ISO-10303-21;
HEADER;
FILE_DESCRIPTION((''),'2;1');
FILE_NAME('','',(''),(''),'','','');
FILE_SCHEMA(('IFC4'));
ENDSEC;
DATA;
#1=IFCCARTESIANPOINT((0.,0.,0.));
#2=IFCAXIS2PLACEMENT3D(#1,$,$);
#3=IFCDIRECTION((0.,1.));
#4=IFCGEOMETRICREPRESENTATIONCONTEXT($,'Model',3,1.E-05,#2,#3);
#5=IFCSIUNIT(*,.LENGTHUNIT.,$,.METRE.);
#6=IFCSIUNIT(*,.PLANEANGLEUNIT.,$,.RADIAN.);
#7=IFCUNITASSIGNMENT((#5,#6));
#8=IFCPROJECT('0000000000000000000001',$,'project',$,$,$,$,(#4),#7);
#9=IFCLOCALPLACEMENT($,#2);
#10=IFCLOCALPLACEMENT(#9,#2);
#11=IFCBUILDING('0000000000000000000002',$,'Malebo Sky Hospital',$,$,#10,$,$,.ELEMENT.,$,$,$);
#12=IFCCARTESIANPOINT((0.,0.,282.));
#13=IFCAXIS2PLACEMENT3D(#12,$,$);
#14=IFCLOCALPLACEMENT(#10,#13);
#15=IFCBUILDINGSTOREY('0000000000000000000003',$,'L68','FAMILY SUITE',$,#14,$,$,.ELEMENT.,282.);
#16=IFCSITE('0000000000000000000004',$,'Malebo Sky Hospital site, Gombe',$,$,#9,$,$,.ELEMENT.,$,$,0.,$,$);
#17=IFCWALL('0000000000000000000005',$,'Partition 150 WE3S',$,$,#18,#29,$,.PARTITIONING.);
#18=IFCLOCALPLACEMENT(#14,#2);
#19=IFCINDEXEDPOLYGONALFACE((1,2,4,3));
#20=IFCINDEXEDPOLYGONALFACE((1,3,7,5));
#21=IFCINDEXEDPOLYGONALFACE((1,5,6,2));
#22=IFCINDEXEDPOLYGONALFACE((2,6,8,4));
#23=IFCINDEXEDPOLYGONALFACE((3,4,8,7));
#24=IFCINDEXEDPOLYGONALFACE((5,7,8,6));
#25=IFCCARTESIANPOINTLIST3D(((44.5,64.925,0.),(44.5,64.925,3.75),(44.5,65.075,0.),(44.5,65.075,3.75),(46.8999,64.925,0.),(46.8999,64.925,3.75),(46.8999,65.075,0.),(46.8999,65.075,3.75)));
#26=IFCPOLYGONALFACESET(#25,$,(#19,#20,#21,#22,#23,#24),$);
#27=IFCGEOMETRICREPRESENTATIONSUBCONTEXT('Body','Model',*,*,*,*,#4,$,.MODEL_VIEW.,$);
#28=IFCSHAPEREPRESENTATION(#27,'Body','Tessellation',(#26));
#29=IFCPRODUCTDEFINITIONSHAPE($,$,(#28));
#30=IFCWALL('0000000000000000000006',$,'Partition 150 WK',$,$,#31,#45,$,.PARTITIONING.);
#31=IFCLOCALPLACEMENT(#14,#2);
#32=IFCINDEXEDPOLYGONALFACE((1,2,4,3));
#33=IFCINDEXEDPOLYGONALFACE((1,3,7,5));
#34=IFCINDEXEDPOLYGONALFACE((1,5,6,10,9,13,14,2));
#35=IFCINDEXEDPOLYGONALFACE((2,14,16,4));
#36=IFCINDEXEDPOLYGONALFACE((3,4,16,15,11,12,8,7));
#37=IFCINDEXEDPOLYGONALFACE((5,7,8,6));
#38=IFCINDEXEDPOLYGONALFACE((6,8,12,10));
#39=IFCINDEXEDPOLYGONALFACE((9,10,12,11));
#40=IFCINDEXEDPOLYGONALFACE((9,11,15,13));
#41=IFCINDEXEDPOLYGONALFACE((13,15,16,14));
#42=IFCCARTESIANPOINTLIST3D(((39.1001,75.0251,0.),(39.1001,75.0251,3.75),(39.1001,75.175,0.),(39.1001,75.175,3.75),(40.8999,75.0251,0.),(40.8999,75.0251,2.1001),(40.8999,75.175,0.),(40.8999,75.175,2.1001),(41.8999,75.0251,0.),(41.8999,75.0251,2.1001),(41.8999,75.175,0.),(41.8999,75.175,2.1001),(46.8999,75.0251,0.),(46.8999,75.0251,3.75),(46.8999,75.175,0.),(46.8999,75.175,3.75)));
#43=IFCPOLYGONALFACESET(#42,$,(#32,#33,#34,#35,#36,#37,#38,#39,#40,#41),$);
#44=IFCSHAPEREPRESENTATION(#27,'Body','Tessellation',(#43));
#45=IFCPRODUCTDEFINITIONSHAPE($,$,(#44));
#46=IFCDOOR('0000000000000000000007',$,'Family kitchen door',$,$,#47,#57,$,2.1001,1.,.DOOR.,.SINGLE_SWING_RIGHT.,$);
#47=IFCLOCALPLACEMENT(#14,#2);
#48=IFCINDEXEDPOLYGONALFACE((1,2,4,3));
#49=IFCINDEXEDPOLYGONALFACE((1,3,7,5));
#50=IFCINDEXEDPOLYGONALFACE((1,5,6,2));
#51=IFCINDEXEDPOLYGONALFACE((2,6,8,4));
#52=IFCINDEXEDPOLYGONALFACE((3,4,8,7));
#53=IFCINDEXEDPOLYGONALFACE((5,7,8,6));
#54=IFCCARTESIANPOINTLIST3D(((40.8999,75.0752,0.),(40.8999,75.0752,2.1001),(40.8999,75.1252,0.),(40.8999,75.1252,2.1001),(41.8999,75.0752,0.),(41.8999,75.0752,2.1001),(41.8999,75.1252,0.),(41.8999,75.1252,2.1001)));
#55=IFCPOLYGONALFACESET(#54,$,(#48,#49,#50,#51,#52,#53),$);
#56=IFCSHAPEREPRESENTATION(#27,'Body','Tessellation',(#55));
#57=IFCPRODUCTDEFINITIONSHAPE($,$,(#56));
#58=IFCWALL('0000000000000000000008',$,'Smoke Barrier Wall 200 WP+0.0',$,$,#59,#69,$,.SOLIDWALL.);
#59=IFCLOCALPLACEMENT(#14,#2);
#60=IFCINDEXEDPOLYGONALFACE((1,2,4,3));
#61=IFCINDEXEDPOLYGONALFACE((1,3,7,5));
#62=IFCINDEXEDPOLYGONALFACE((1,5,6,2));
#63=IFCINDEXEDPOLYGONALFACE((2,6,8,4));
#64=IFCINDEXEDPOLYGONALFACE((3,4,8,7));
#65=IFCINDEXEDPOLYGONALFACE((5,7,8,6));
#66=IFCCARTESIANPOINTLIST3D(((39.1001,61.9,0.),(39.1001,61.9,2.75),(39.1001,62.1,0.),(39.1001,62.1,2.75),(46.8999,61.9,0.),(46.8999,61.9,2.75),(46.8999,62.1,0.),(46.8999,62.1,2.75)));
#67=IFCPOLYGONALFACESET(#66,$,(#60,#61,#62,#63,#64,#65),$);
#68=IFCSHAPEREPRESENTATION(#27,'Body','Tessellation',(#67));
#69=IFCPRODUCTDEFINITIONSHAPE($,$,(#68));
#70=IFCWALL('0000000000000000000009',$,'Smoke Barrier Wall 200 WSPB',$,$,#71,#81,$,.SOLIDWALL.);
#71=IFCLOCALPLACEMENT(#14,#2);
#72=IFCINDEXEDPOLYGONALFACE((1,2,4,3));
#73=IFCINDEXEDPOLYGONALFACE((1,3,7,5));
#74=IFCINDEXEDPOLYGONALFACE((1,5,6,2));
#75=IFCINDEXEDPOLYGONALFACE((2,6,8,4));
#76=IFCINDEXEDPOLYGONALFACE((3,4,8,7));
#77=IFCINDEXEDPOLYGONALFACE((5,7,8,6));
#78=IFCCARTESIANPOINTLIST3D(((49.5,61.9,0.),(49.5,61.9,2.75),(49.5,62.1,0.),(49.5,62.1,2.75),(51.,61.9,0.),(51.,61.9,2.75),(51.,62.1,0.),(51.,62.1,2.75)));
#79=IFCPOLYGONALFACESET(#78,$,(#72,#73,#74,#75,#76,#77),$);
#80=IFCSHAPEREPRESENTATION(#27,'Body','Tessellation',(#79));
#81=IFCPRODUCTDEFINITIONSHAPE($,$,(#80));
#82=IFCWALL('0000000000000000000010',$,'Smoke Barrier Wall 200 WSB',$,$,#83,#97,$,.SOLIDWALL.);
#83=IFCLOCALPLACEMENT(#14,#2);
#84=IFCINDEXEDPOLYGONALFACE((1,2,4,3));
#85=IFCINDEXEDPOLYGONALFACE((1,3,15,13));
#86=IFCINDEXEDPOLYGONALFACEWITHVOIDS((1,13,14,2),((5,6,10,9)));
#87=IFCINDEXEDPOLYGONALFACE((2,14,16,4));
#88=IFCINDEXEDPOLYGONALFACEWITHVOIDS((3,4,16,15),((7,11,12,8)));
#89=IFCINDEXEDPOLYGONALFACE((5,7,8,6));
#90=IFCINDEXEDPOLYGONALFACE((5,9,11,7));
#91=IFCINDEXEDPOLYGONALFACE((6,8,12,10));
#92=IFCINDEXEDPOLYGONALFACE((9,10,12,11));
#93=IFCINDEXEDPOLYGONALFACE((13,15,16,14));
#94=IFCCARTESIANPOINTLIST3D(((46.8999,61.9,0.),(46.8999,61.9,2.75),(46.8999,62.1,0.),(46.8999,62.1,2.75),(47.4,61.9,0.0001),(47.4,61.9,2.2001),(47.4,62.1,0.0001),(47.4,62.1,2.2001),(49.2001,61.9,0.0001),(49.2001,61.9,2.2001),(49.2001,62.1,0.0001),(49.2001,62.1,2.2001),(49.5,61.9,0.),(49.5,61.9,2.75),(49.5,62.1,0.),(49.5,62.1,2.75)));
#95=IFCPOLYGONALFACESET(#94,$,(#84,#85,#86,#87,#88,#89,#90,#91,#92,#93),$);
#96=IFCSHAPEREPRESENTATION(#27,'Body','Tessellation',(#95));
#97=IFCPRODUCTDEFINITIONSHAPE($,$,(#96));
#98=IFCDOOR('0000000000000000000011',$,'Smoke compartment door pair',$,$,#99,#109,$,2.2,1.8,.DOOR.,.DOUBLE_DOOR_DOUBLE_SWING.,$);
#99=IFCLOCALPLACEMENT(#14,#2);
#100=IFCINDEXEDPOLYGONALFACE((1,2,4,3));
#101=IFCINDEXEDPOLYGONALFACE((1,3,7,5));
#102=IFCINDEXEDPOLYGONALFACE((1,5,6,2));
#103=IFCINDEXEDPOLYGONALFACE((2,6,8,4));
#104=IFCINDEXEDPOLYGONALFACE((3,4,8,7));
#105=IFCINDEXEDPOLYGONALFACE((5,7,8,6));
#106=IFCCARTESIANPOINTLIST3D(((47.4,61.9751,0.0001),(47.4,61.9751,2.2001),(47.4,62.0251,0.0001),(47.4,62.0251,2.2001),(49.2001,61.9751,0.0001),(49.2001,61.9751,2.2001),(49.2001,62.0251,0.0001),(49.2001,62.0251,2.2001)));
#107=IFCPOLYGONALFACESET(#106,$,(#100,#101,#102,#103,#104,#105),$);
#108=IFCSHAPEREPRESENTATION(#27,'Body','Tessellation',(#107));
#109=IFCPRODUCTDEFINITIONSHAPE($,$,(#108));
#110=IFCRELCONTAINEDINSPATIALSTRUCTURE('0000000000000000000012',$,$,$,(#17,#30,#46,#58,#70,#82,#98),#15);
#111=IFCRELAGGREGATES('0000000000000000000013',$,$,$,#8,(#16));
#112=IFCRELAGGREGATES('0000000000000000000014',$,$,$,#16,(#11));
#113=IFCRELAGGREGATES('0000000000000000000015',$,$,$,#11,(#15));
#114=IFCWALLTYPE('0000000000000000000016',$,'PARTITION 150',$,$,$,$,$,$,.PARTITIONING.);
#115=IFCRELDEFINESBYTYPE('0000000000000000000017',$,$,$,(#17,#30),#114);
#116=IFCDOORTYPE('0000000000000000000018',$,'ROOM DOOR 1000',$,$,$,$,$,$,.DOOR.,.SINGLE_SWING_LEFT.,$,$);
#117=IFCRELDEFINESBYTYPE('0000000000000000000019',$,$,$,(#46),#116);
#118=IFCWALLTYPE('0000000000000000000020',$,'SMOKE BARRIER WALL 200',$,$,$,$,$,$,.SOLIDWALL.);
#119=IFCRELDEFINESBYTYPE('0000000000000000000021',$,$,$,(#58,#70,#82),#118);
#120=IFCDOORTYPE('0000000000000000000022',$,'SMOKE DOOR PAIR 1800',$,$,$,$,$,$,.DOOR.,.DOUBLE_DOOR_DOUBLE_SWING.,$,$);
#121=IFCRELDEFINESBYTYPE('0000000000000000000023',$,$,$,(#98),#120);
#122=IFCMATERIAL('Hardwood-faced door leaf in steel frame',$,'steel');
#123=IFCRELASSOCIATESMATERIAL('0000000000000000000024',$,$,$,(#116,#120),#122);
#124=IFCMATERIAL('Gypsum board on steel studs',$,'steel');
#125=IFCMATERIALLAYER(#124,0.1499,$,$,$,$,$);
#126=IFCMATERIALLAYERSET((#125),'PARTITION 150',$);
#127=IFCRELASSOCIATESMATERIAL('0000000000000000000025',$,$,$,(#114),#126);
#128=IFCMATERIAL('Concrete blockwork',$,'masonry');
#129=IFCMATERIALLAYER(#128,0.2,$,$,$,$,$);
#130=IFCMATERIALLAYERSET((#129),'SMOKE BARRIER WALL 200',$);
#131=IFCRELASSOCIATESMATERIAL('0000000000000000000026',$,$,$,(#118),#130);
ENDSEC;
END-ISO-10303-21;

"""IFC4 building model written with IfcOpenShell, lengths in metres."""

from ifc_helpers import new_model, si_unit, direction, frame, frame_2d, origin, place, context, subcontext, project, spatial, rectangle, extrude, material, layer, layer_set, type_object, element, fill, save


model = new_model("IFC4")

# Units and contexts
model_context = context("Model", 3, precision=1e-05, world=origin(), true_north=direction((0.0, 1.0)))
body_context = subcontext(model_context, "Body", "Model", "MODEL_VIEW")
ifc_project = project(units=[si_unit("LENGTHUNIT", "METRE"), si_unit("PLANEANGLEUNIT", "RADIAN")], contexts=[model_context])

# Site, building, storey
site_placement = place(None, origin())
site = spatial("IfcSite", under=ifc_project, at=site_placement, Name="Malebo Sky Hospital site, Gombe", CompositionType="ELEMENT", RefElevation=0.0)
building_placement = place(site_placement, origin())
building = spatial("IfcBuilding", under=site, at=building_placement, Name="Malebo Sky Hospital", CompositionType="ELEMENT")
storey_placement = place(building_placement, frame((0.0, 0.0, 282.0)))
storey = spatial("IfcBuildingStorey", under=building, at=storey_placement, Name="L68", Description="FAMILY SUITE", CompositionType="ELEMENT", Elevation=282.0)

# Shared definitions
ifc_material_1 = material(Name="Hardwood-faced door leaf in steel frame", Category="steel")

# Shared definitions
ifc_material_2 = material(Name="Gypsum board on steel studs", Category="steel")
door_type_1 = type_object("IfcDoorType", Name="ROOM DOOR 1000", OperationType="SINGLE_SWING_LEFT", PredefinedType="DOOR", material=ifc_material_1)

# Shared definitions
ifc_layer_1 = layer(ifc_material_2, 0.1499)
ifc_layer_set_1 = layer_set([ifc_layer_1], Name="PARTITION 150")
wall_type_1 = type_object("IfcWallType", Name="PARTITION 150", PredefinedType="PARTITIONING", material=ifc_layer_set_1)

# Wall
wall_1_placement = place(storey_placement, frame((46.8999, 65.0, 0.0), z_axis=(0.0, 0.0, 1.0), x_axis=(-1.0, 0.0, 0.0)))
element("IfcWall", 1, at=wall_1_placement, inside=storey, type_object=wall_type_1, Name="Partition 150 WE3S", PredefinedType="PARTITIONING", context=body_context, shape_type="SweptSolid", body=[
    extrude(rectangle(XDim=2.3999, YDim=0.1499, at=frame_2d((1.2, 0.0))), origin(), (0.0, 0.0, 1.0), 3.75),
])

# Wall, opening, door
wall_2_placement = place(storey_placement, frame((46.8999, 75.1001, 0.0), z_axis=(0.0, 0.0, 1.0), x_axis=(-1.0, 0.0, 0.0)))
wall_2 = element("IfcWall", 2, at=wall_2_placement, inside=storey, type_object=wall_type_1, Name="Partition 150 WK", PredefinedType="PARTITIONING", context=body_context, shape_type="SweptSolid", body=[
    extrude(rectangle(XDim=7.7998, YDim=0.1499, at=frame_2d((3.8999, 0.0))), origin(), (0.0, 0.0, 1.0), 3.75),
])
opening_1_placement = place(wall_2_placement, frame((5.0, 0.0, 0.0)))
opening_1 = element("IfcOpeningElement", 3, at=opening_1_placement, cuts=wall_2, PredefinedType="OPENING", context=body_context, shape_type="SweptSolid", body=[
    extrude(rectangle(XDim=1.0, YDim=2.1001, at=frame_2d((0.5, 1.05))), frame((0.0, 0.085, 0.0), z_axis=(0.0, -1.0, 0.0), x_axis=(1.0, 0.0, 0.0)), (0.0, 0.0, 1.0), 0.1699),
])
door_1_placement = place(opening_1_placement, origin())
door_1 = element("IfcDoor", 4, at=door_1_placement, inside=storey, type_object=door_type_1, Name="Family kitchen door", OperationType="SINGLE_SWING_RIGHT", OverallHeight=2.1001, OverallWidth=1.0, PredefinedType="DOOR", context=body_context, shape_type="SweptSolid", body=[
    extrude(rectangle(XDim=1.0, YDim=2.1001, at=frame_2d((0.5, 1.05))), frame((0.0, 0.0249, 0.0), z_axis=(0.0, -1.0, 0.0), x_axis=(1.0, 0.0, 0.0)), (0.0, 0.0, 1.0), 0.05),
])
fill(opening_1, door_1)

# Walls
ifc_material_3 = material(Name="Concrete blockwork", Category="masonry")
ifc_layer_2 = layer(ifc_material_3, 0.2)
ifc_layer_set_2 = layer_set([ifc_layer_2], Name="SMOKE BARRIER WALL 200")
wall_type_2 = type_object("IfcWallType", Name="SMOKE BARRIER WALL 200", PredefinedType="SOLIDWALL", material=ifc_layer_set_2)
wall_3_placement = place(storey_placement, frame((46.8999, 62.0, 0.0), z_axis=(0.0, 0.0, 1.0), x_axis=(-1.0, 0.0, 0.0)))
element("IfcWall", 5, at=wall_3_placement, inside=storey, type_object=wall_type_2, Name="Smoke Barrier Wall 200 WP+0.0", PredefinedType="SOLIDWALL", context=body_context, shape_type="SweptSolid", body=[
    extrude(rectangle(XDim=7.7998, YDim=0.2, at=frame_2d((3.8999, 0.0))), origin(), (0.0, 0.0, 1.0), 2.75),
])
wall_4_placement = place(storey_placement, frame((51.0, 62.0, 0.0), z_axis=(0.0, 0.0, 1.0), x_axis=(-1.0, 0.0, 0.0)))
element("IfcWall", 6, at=wall_4_placement, inside=storey, type_object=wall_type_2, Name="Smoke Barrier Wall 200 WSPB", PredefinedType="SOLIDWALL", context=body_context, shape_type="SweptSolid", body=[
    extrude(rectangle(XDim=1.5, YDim=0.2, at=frame_2d((0.75, 0.0))), origin(), (0.0, 0.0, 1.0), 2.75),
])

# Wall, opening, door
wall_5_placement = place(storey_placement, frame((49.5, 62.0, 0.0), z_axis=(0.0, 0.0, 1.0), x_axis=(-1.0, 0.0, 0.0)))
wall_5 = element("IfcWall", 7, at=wall_5_placement, inside=storey, type_object=wall_type_2, Name="Smoke Barrier Wall 200 WSB", PredefinedType="SOLIDWALL", context=body_context, shape_type="SweptSolid", body=[
    extrude(rectangle(XDim=2.6001, YDim=0.2, at=frame_2d((1.3, 0.0))), origin(), (0.0, 0.0, 1.0), 2.75),
])
opening_2_placement = place(wall_5_placement, frame((0.3, 0.0, 0.0)))
opening_2 = element("IfcOpeningElement", 8, at=opening_2_placement, cuts=wall_5, PredefinedType="OPENING", context=body_context, shape_type="SweptSolid", body=[
    extrude(rectangle(XDim=1.8, YDim=2.2, at=frame_2d((0.8999, 1.1001))), frame((0.0, 0.1099, 0.0), z_axis=(0.0, -1.0, 0.0), x_axis=(1.0, 0.0, 0.0)), (0.0, 0.0, 1.0), 0.22),
])
door_type_2 = type_object("IfcDoorType", Name="SMOKE DOOR PAIR 1800", OperationType="DOUBLE_DOOR_DOUBLE_SWING", PredefinedType="DOOR", material=ifc_material_1)
door_2_placement = place(opening_2_placement, origin())
door_2 = element("IfcDoor", 9, at=door_2_placement, inside=storey, type_object=door_type_2, Name="Smoke compartment door pair", OperationType="DOUBLE_DOOR_DOUBLE_SWING", OverallHeight=2.2, OverallWidth=1.8, PredefinedType="DOOR", context=body_context, shape_type="SweptSolid", body=[
    extrude(rectangle(XDim=1.8, YDim=2.2, at=frame_2d((0.8999, 1.1001))), frame((0.0, 0.0249, 0.0), z_axis=(0.0, -1.0, 0.0), x_axis=(1.0, 0.0, 0.0)), (0.0, 0.0, 1.0), 0.05),
])
fill(opening_2, door_2)

save(model, "model.ifc")
